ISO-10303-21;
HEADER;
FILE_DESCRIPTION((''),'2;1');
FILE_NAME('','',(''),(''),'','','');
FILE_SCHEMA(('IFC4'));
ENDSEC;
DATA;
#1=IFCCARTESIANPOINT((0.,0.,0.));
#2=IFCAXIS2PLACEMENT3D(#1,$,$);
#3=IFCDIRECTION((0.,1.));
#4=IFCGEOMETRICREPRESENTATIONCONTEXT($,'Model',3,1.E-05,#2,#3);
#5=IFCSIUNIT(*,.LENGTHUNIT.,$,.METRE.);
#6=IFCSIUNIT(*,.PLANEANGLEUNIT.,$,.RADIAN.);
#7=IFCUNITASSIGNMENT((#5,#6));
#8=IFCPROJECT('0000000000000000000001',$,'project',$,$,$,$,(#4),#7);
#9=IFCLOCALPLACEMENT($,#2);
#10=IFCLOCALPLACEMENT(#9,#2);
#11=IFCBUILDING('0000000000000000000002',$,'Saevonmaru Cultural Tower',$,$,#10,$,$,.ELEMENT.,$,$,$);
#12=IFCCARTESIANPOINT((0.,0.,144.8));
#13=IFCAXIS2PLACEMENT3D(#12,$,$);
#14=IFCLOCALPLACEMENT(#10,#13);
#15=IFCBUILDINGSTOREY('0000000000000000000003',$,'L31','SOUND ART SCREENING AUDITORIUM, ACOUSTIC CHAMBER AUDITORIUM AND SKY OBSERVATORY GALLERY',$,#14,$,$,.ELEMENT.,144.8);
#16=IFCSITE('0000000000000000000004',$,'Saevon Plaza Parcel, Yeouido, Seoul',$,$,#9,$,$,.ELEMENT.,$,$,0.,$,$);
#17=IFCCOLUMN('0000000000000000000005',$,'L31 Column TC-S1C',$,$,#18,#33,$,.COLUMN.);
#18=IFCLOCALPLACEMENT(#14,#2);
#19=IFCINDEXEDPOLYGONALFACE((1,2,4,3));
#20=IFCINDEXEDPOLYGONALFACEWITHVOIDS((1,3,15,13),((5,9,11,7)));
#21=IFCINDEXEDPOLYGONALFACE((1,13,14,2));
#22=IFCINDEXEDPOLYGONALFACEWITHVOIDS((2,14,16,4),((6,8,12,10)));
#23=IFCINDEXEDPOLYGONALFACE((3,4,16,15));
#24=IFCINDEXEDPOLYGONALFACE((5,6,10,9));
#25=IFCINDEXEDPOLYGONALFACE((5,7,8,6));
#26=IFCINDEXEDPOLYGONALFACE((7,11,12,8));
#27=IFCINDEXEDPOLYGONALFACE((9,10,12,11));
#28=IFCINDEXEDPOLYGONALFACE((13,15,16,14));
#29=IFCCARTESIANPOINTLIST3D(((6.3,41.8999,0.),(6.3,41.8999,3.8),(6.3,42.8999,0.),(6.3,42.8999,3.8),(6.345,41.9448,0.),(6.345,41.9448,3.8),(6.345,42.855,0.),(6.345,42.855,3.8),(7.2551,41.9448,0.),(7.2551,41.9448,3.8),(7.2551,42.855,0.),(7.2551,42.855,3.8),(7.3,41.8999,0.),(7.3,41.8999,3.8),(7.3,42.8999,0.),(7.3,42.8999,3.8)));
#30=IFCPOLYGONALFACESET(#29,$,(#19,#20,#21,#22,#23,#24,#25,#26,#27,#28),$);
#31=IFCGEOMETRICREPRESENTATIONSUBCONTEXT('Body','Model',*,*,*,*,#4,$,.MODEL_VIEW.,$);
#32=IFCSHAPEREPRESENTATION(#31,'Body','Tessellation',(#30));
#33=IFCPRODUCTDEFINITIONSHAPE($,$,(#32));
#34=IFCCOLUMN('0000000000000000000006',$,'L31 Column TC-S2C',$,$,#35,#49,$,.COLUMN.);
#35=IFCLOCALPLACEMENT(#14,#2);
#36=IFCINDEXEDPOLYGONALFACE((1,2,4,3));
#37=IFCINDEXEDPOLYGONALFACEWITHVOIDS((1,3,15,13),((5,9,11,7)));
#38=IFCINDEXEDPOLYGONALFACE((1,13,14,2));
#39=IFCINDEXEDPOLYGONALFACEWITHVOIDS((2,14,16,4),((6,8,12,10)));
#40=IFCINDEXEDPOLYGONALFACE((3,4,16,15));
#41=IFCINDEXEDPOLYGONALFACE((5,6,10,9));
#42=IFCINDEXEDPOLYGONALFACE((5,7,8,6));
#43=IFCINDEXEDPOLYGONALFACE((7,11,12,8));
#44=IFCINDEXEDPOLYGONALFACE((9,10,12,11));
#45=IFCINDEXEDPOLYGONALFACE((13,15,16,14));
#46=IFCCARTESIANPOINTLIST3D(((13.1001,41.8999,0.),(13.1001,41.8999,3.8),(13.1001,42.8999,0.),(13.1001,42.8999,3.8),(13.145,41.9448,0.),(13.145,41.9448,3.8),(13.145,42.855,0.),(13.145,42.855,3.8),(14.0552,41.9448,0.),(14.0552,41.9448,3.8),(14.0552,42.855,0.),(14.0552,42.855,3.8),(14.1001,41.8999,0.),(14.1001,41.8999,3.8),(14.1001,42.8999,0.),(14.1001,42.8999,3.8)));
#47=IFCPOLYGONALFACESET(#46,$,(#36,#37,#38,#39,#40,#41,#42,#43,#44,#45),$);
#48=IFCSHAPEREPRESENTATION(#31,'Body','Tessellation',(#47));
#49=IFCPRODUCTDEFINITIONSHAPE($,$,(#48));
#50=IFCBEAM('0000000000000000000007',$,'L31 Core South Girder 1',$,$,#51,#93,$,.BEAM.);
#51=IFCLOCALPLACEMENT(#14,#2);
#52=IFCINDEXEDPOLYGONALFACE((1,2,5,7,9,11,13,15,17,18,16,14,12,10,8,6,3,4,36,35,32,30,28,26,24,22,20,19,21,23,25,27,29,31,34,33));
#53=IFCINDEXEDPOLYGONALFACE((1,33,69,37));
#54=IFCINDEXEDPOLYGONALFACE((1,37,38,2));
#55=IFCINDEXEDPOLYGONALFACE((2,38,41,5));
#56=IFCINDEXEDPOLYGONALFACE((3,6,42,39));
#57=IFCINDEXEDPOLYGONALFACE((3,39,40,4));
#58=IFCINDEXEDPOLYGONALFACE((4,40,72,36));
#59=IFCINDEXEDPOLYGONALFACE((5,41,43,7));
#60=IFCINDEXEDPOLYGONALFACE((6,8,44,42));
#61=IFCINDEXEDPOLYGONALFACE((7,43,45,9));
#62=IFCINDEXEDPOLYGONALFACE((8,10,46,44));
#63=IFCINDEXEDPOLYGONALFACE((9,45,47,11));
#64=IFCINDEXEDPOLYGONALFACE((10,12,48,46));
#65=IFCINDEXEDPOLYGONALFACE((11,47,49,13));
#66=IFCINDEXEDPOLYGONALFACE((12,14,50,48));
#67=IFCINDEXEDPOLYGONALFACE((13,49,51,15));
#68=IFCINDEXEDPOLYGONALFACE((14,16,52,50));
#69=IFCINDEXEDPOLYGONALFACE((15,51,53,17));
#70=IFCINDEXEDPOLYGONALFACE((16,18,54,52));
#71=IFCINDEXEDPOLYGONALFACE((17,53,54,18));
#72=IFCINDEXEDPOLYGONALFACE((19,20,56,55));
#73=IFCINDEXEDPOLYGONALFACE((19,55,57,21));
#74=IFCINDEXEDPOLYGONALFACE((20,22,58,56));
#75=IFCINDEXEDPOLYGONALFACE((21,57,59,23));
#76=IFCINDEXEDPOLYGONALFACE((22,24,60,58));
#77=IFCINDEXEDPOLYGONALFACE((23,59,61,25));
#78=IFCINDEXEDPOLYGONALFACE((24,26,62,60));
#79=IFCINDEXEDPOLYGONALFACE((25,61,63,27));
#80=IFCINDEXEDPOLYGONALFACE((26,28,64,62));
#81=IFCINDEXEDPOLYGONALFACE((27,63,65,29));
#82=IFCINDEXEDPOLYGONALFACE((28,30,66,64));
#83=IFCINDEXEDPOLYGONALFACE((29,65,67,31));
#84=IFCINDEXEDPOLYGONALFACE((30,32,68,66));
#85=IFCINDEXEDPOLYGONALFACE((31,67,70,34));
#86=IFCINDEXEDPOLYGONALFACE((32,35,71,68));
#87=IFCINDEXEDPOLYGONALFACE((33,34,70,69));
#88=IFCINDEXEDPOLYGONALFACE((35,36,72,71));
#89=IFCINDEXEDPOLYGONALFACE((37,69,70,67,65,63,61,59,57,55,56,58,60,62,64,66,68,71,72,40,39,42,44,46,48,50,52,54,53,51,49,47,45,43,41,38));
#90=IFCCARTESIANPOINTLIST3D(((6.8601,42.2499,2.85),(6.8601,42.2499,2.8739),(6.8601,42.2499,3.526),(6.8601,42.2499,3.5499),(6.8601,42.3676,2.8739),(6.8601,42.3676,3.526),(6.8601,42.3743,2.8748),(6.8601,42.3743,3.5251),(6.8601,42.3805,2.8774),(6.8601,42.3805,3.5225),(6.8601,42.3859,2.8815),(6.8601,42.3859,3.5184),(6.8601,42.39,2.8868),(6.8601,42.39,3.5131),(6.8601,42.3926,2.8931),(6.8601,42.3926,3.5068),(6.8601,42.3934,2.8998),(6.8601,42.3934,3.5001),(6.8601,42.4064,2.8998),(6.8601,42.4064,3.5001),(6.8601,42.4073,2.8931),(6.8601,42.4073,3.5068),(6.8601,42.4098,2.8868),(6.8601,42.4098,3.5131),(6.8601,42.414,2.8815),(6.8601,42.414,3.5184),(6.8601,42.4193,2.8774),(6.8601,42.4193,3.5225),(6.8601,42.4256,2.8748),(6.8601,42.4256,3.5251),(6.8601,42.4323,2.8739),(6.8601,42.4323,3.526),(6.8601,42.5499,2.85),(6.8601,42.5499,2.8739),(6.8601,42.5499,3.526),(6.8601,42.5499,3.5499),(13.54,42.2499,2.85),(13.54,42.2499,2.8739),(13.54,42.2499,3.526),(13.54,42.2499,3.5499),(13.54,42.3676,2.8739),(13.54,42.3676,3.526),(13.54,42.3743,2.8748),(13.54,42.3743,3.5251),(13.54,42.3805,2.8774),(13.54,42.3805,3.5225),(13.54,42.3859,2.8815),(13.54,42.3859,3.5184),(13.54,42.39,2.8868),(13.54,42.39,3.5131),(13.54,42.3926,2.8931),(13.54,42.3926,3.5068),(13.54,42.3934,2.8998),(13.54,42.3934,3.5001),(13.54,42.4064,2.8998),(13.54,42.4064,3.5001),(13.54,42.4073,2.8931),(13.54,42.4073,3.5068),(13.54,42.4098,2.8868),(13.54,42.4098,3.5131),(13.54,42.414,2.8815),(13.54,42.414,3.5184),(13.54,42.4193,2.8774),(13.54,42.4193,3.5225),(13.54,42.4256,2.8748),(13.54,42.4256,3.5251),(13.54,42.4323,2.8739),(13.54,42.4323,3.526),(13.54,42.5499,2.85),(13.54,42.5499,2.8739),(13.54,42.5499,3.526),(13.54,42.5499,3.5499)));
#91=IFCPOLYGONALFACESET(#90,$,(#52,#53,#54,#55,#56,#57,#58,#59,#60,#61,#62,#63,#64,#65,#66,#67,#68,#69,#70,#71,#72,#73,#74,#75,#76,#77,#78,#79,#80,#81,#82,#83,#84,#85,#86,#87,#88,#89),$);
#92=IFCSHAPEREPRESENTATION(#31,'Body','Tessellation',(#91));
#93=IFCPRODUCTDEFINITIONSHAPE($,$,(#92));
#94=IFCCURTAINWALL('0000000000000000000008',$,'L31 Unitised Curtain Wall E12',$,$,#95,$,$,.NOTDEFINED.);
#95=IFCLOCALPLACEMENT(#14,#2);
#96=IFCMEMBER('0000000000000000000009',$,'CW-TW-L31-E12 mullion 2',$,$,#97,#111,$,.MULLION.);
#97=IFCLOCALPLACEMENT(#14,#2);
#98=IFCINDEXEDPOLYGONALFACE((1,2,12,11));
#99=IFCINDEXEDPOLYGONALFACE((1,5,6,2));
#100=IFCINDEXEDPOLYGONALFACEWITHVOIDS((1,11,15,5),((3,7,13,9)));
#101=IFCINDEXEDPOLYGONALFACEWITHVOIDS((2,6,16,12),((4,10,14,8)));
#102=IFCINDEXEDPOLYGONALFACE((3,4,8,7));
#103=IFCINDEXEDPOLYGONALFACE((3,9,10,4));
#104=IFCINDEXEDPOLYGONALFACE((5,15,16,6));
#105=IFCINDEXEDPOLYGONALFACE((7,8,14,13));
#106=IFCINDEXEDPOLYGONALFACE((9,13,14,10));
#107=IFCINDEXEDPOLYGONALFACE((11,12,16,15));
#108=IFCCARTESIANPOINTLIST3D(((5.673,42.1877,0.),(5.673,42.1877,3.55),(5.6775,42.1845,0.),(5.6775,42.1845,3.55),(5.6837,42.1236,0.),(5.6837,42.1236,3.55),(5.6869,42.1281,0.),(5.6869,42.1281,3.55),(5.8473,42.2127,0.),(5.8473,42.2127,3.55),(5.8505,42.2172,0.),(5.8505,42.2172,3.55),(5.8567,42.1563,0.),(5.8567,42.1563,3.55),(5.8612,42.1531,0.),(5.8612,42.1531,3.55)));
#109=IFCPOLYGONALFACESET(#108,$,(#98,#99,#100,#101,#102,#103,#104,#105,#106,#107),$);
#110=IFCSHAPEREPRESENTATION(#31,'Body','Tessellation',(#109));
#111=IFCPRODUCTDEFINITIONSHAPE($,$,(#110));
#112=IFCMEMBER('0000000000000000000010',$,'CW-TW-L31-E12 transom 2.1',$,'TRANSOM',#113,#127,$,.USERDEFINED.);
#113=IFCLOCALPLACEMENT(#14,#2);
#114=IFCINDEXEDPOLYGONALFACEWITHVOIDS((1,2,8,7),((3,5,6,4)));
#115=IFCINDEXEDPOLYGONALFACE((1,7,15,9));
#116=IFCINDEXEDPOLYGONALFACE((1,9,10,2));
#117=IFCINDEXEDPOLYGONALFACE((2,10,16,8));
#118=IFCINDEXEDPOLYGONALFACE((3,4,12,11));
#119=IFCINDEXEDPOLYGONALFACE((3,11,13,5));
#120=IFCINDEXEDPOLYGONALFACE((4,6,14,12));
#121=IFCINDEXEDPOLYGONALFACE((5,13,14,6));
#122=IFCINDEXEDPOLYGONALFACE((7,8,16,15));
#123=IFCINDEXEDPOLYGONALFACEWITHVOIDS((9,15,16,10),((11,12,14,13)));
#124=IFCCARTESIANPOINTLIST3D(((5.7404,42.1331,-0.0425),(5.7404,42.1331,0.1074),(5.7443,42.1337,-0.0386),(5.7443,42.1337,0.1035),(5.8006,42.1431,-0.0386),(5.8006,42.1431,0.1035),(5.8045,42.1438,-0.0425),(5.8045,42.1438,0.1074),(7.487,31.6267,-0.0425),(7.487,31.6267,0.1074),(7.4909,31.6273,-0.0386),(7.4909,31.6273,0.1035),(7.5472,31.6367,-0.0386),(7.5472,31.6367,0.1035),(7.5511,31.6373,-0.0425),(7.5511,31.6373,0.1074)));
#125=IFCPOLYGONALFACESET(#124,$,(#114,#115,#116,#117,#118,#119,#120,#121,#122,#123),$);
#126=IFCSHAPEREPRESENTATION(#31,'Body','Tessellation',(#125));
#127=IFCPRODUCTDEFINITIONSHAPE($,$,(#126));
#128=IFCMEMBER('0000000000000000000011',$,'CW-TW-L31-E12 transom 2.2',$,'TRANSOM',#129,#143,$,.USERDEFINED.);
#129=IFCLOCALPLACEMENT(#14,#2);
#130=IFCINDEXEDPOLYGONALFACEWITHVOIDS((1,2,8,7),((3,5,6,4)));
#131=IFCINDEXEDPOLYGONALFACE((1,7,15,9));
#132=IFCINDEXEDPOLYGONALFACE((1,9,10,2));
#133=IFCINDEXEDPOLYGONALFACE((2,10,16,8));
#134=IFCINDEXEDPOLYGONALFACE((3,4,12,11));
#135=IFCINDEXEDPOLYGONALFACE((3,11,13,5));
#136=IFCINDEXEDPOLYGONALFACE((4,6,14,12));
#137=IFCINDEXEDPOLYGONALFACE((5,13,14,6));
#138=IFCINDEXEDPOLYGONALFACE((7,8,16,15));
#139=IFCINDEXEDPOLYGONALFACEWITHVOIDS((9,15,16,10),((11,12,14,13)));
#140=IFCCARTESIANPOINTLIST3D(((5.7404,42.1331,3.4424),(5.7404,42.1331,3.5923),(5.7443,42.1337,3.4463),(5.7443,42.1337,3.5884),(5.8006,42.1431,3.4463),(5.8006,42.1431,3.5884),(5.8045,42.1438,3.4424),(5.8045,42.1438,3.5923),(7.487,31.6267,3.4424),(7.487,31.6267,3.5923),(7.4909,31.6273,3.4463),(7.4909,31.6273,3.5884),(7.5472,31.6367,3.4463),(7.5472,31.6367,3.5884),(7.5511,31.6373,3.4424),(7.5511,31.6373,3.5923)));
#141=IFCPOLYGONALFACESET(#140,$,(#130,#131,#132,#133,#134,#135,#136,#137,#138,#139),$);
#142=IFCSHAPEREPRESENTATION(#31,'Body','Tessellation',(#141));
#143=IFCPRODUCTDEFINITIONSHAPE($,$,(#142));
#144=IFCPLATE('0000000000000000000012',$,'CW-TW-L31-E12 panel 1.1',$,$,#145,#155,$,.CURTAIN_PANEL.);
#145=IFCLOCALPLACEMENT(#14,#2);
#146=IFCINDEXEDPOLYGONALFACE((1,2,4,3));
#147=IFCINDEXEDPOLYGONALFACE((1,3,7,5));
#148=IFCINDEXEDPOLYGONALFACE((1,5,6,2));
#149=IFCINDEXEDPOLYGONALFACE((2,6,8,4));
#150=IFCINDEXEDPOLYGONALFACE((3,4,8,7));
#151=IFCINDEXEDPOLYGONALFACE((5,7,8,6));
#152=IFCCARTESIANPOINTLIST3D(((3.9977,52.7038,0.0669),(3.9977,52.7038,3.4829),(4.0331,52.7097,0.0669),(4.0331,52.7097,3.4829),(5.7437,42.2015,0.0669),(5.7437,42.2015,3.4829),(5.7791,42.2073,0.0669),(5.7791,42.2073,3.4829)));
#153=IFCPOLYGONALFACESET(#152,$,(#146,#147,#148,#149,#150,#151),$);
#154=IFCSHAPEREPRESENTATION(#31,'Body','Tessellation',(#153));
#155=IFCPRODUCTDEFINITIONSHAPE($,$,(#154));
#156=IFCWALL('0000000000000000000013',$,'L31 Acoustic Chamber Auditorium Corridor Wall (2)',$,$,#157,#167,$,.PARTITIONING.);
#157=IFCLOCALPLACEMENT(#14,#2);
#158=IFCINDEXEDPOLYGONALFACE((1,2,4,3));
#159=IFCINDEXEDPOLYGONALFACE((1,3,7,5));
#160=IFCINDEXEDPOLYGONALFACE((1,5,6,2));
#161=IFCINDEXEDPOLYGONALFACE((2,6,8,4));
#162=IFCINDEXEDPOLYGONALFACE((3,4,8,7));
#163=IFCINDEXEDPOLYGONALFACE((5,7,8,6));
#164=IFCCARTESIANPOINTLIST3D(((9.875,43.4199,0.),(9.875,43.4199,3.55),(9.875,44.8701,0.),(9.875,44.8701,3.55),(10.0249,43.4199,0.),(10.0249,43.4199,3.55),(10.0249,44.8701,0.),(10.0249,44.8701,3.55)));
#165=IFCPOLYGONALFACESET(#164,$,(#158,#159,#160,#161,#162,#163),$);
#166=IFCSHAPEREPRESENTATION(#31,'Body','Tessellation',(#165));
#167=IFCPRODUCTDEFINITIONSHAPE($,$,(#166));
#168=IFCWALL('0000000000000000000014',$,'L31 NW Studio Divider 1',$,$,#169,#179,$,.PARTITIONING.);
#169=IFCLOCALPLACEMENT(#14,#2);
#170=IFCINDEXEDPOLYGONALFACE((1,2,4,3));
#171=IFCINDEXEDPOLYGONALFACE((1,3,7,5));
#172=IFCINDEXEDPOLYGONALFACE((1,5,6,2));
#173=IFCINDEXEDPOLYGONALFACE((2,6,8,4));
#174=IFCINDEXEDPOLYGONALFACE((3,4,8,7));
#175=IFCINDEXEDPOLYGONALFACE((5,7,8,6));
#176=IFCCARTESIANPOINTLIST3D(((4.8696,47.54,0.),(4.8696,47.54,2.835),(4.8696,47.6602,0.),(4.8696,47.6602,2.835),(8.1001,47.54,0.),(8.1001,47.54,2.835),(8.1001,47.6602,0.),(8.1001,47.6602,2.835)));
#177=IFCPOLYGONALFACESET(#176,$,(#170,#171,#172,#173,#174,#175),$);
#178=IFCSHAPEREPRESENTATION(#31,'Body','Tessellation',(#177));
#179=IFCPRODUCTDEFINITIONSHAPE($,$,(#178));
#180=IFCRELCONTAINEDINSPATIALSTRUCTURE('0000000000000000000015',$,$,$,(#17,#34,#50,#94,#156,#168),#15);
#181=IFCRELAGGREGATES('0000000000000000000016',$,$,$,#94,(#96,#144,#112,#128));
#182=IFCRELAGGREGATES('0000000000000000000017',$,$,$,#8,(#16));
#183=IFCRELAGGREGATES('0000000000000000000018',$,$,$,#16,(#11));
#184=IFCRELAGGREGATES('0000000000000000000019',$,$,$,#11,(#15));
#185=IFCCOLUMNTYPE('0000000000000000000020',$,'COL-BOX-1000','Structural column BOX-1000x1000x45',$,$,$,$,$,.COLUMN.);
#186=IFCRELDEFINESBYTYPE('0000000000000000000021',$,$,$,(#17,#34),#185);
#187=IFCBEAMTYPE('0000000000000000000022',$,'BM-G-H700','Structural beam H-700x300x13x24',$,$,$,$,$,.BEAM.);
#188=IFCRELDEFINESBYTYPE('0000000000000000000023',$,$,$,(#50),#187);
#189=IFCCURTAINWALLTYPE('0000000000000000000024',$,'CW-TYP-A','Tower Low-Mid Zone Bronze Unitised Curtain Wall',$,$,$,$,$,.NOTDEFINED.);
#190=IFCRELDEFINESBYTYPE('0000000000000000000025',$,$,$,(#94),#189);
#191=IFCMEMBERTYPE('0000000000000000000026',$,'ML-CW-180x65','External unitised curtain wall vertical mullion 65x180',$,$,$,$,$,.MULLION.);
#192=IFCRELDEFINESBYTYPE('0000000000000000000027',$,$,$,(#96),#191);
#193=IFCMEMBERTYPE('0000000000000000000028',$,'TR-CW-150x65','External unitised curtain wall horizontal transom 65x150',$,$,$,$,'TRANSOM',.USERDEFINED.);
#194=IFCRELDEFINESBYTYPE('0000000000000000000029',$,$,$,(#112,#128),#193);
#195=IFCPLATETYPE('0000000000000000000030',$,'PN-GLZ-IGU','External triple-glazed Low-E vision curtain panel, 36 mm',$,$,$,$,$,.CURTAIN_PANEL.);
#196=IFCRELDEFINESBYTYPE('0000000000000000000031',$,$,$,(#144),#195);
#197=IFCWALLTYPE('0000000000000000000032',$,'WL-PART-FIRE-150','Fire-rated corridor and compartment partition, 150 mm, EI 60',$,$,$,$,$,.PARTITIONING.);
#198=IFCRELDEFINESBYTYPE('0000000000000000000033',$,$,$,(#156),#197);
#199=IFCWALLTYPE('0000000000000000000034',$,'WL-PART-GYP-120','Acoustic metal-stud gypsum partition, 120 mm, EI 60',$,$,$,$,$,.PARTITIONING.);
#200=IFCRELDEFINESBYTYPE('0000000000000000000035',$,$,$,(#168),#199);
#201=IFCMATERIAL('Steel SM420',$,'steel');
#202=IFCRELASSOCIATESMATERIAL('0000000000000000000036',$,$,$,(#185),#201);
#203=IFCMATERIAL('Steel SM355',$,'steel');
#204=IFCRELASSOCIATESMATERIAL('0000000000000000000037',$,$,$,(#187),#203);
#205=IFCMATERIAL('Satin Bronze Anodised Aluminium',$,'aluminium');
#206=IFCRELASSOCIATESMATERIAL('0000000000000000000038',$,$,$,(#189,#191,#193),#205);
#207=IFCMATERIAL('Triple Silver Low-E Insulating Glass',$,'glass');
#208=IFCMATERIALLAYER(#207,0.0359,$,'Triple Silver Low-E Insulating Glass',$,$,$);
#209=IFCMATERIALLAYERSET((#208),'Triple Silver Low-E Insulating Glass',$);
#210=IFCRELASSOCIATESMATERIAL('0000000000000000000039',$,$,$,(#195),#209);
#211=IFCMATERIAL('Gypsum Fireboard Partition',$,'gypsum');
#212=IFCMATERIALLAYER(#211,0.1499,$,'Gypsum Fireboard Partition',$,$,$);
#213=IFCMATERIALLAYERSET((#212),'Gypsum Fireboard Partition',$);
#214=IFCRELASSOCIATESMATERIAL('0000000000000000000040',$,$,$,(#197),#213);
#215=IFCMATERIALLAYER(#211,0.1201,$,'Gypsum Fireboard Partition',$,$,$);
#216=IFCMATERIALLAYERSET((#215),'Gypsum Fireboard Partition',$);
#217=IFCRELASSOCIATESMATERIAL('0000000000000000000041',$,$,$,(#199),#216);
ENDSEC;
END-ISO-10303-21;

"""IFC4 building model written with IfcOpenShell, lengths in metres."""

from ifc_helpers import new_model, si_unit, direction, frame, frame_2d, origin, origin_2d, place, context, subcontext, project, spatial, rectangle, hollow_rectangle, i_section, extrude, material, layer, layer_set, material_profile, profile_set, type_object, element, aggregate, save


model = new_model("IFC4")

# Units and contexts
model_context = context("Model", 3, precision=1e-05, world=origin(), true_north=direction((0.0, 1.0)))
body_context = subcontext(model_context, "Body", "Model", "MODEL_VIEW")
ifc_project = project(units=[si_unit("LENGTHUNIT", "METRE"), si_unit("PLANEANGLEUNIT", "RADIAN")], contexts=[model_context])

# Site, building, storey
site_placement = place(None, origin())
site = spatial("IfcSite", under=ifc_project, at=site_placement, Name="Saevon Plaza Parcel, Yeouido, Seoul", CompositionType="ELEMENT", RefElevation=0.0)
building_placement = place(site_placement, origin())
building = spatial("IfcBuilding", under=site, at=building_placement, Name="Saevonmaru Cultural Tower", CompositionType="ELEMENT")
storey_placement = place(building_placement, frame((0.0, 0.0, 144.8)))
storey = spatial("IfcBuildingStorey", under=building, at=storey_placement, Name="L31", Description="SOUND ART SCREENING AUDITORIUM, ACOUSTIC CHAMBER AUDITORIUM AND SKY OBSERVATORY GALLERY", CompositionType="ELEMENT", Elevation=144.8)

# Columns
ifc_material_1 = material(Name="Steel SM420", Category="steel")
ifc_material_profile_1 = material_profile(ifc_material_1, hollow_rectangle(XDim=1.0, YDim=1.0, WallThickness=0.0449, at=origin_2d()), Name="BOX-1000x1000x45")
ifc_profile_set_1 = profile_set([ifc_material_profile_1], Name="Steel SM420")
column_type = type_object("IfcColumnType", Name="COL-BOX-1000", Description="Structural column BOX-1000x1000x45", PredefinedType="COLUMN", material=ifc_profile_set_1)
for number, where, z_axis, x_axis, name in (
    (1, (6.8, 42.3999, 0.0), (0.0, 0.0, 1.0), (1.0, 0.0, 0.0), "L31 Column TC-S1C"),
    (2, (13.6001, 42.3999, 0.0), (0.0, 0.0, 1.0), (1.0, 0.0, 0.0), "L31 Column TC-S2C"),
):
    element("IfcColumn", number, at=place(storey_placement, frame(where, z_axis=z_axis, x_axis=x_axis)), inside=storey, type_object=column_type, Name=name, PredefinedType="COLUMN", context=body_context, shape_type="SweptSolid", body=[
        extrude(hollow_rectangle(XDim=1.0, YDim=1.0, WallThickness=0.0449, at=origin_2d()), origin(), (0.0, 0.0, 1.0), 3.8),
    ])

# Beam
ifc_material_2 = material(Name="Steel SM355", Category="steel")
ifc_material_profile_2 = material_profile(ifc_material_2, i_section(OverallWidth=0.3, OverallDepth=0.7, WebThickness=0.0129, FlangeThickness=0.0239, FilletRadius=0.0259, at=origin_2d()), Name="H-700x300x13x24")
ifc_profile_set_2 = profile_set([ifc_material_profile_2], Name="Steel SM355")
beam_type = type_object("IfcBeamType", Name="BM-G-H700", Description="Structural beam H-700x300x13x24", PredefinedType="BEAM", material=ifc_profile_set_2)
beam_placement = place(storey_placement, frame((6.8601, 42.3999, 3.2), z_axis=(1.0, 0.0, 0.0), x_axis=(0.0, 1.0, 0.0)))
element("IfcBeam", 3, at=beam_placement, inside=storey, type_object=beam_type, Name="L31 Core South Girder 1", PredefinedType="BEAM", context=body_context, shape_type="SweptSolid", body=[
    extrude(i_section(OverallWidth=0.3, OverallDepth=0.7, WebThickness=0.0129, FlangeThickness=0.0239, FilletRadius=0.0259, at=origin_2d()), origin(), (0.0, 0.0, 1.0), 6.6799),
])

# Curtain wall, members, plate
ifc_material_3 = material(Name="Satin Bronze Anodised Aluminium", Category="aluminium")
curtain_wall_type = type_object("IfcCurtainWallType", Name="CW-TYP-A", Description="Tower Low-Mid Zone Bronze Unitised Curtain Wall", PredefinedType="NOTDEFINED", material=ifc_material_3)
curtain_wall_placement = place(storey_placement, origin())
curtain_wall = element("IfcCurtainWall", 4, at=curtain_wall_placement, inside=storey, type_object=curtain_wall_type, Name="L31 Unitised Curtain Wall E12", PredefinedType="NOTDEFINED")
ifc_material_profile_3 = material_profile(ifc_material_3, hollow_rectangle(XDim=0.0649, YDim=0.1799, WallThickness=0.0039, at=origin_2d()), Name="ALU-MULL-180x65x4")
ifc_profile_set_3 = profile_set([ifc_material_profile_3], Name="Satin Bronze Anodised Aluminium")
member_type_1 = type_object("IfcMemberType", Name="ML-CW-180x65", Description="External unitised curtain wall vertical mullion 65x180", PredefinedType="MULLION", material=ifc_profile_set_3)
member_1_placement = place(storey_placement, frame((5.7671, 42.1704, 0.0), z_axis=(0.0, 0.0, 1.0), x_axis=(0.163999, -0.986461, 0.0)))
member_1 = element("IfcMember", 5, at=member_1_placement, type_object=member_type_1, Name="CW-TW-L31-E12 mullion 2", PredefinedType="MULLION", context=body_context, shape_type="SweptSolid", body=[
    extrude(hollow_rectangle(XDim=0.0649, YDim=0.1799, WallThickness=0.0039, at=origin_2d()), origin(), (0.0, 0.0, 1.0), 3.55),
])
ifc_material_profile_4 = material_profile(ifc_material_3, hollow_rectangle(XDim=0.0649, YDim=0.1499, WallThickness=0.0039, at=origin_2d()), Name="ALU-TRAN-150x65x4")
ifc_profile_set_4 = profile_set([ifc_material_profile_4], Name="Satin Bronze Anodised Aluminium")
member_type_2 = type_object("IfcMemberType", Name="TR-CW-150x65", Description="External unitised curtain wall horizontal transom 65x150", ElementType="TRANSOM", PredefinedType="USERDEFINED", material=ifc_profile_set_4)
member_2_placement = place(storey_placement, frame((5.7725, 42.1384, 0.0325), z_axis=(0.16399, -0.986462, 0.0), x_axis=(0.986462, 0.16399, 0.0)))
member_2 = element("IfcMember", 6, at=member_2_placement, type_object=member_type_2, Name="CW-TW-L31-E12 transom 2.1", ObjectType="TRANSOM", PredefinedType="USERDEFINED", context=body_context, shape_type="SweptSolid", body=[
    extrude(hollow_rectangle(XDim=0.0649, YDim=0.1499, WallThickness=0.0039, at=origin_2d()), origin(), (0.0, 0.0, 1.0), 10.6506),
])
member_3_placement = place(storey_placement, frame((5.7725, 42.1384, 3.5173), z_axis=(0.16399, -0.986462, 0.0), x_axis=(0.986462, 0.16399, 0.0)))
member_3 = element("IfcMember", 7, at=member_3_placement, type_object=member_type_2, Name="CW-TW-L31-E12 transom 2.2", ObjectType="TRANSOM", PredefinedType="USERDEFINED", context=body_context, shape_type="SweptSolid", body=[
    extrude(hollow_rectangle(XDim=0.0649, YDim=0.1499, WallThickness=0.0039, at=origin_2d()), origin(), (0.0, 0.0, 1.0), 10.6506),
])
ifc_material_4 = material(Name="Triple Silver Low-E Insulating Glass", Category="glass")
ifc_layer_1 = layer(ifc_material_4, 0.0359, Name="Triple Silver Low-E Insulating Glass")
ifc_layer_set_1 = layer_set([ifc_layer_1], Name="Triple Silver Low-E Insulating Glass")
plate_type = type_object("IfcPlateType", Name="PN-GLZ-IGU", Description="External triple-glazed Low-E vision curtain panel, 36 mm", PredefinedType="CURTAIN_PANEL", material=ifc_layer_set_1)
plate_placement = place(storey_placement, frame((4.8884, 47.4556, 0.0669), z_axis=(0.0, 0.0, 1.0), x_axis=(0.163999, -0.986461, 0.0)))
plate = element("IfcPlate", 8, at=plate_placement, type_object=plate_type, Name="CW-TW-L31-E12 panel 1.1", PredefinedType="CURTAIN_PANEL", context=body_context, shape_type="SweptSolid", body=[
    extrude(rectangle(XDim=10.6465, YDim=0.0359, at=origin_2d()), origin(), (0.0, 0.0, 1.0), 3.416),
])
aggregate(curtain_wall, [member_1, plate, member_2, member_3])

# Wall
ifc_material_5 = material(Name="Gypsum Fireboard Partition", Category="gypsum")
ifc_layer_2 = layer(ifc_material_5, 0.1499, Name="Gypsum Fireboard Partition")
ifc_layer_set_2 = layer_set([ifc_layer_2], Name="Gypsum Fireboard Partition")
wall_type_1 = type_object("IfcWallType", Name="WL-PART-FIRE-150", Description="Fire-rated corridor and compartment partition, 150 mm, EI 60", PredefinedType="PARTITIONING", material=ifc_layer_set_2)
wall_1_placement = place(storey_placement, frame((9.95, 43.4199, 0.0), z_axis=(0.0, 0.0, 1.0), x_axis=(0.0, 1.0, 0.0)))
element("IfcWall", 9, at=wall_1_placement, inside=storey, type_object=wall_type_1, Name="L31 Acoustic Chamber Auditorium Corridor Wall (2)", PredefinedType="PARTITIONING", context=body_context, shape_type="SweptSolid", body=[
    extrude(rectangle(XDim=1.4502, YDim=0.1499, at=frame_2d((0.7251, 0.0))), origin(), (0.0, 0.0, 1.0), 3.55),
])

# Wall
ifc_layer_3 = layer(ifc_material_5, 0.1201, Name="Gypsum Fireboard Partition")
ifc_layer_set_3 = layer_set([ifc_layer_3], Name="Gypsum Fireboard Partition")
wall_type_2 = type_object("IfcWallType", Name="WL-PART-GYP-120", Description="Acoustic metal-stud gypsum partition, 120 mm, EI 60", PredefinedType="PARTITIONING", material=ifc_layer_set_3)
wall_2_placement = place(storey_placement, frame((4.8696, 47.6001, 0.0), z_axis=(0.0, 0.0, 1.0), x_axis=(1.0, 0.0, 0.0)))
element("IfcWall", 10, at=wall_2_placement, inside=storey, type_object=wall_type_2, Name="L31 NW Studio Divider 1", PredefinedType="PARTITIONING", context=body_context, shape_type="SweptSolid", body=[
    extrude(rectangle(XDim=3.2305, YDim=0.1201, at=frame_2d((1.6152, 0.0))), origin(), (0.0, 0.0, 1.0), 2.835),
])

save(model, "model.ifc")
